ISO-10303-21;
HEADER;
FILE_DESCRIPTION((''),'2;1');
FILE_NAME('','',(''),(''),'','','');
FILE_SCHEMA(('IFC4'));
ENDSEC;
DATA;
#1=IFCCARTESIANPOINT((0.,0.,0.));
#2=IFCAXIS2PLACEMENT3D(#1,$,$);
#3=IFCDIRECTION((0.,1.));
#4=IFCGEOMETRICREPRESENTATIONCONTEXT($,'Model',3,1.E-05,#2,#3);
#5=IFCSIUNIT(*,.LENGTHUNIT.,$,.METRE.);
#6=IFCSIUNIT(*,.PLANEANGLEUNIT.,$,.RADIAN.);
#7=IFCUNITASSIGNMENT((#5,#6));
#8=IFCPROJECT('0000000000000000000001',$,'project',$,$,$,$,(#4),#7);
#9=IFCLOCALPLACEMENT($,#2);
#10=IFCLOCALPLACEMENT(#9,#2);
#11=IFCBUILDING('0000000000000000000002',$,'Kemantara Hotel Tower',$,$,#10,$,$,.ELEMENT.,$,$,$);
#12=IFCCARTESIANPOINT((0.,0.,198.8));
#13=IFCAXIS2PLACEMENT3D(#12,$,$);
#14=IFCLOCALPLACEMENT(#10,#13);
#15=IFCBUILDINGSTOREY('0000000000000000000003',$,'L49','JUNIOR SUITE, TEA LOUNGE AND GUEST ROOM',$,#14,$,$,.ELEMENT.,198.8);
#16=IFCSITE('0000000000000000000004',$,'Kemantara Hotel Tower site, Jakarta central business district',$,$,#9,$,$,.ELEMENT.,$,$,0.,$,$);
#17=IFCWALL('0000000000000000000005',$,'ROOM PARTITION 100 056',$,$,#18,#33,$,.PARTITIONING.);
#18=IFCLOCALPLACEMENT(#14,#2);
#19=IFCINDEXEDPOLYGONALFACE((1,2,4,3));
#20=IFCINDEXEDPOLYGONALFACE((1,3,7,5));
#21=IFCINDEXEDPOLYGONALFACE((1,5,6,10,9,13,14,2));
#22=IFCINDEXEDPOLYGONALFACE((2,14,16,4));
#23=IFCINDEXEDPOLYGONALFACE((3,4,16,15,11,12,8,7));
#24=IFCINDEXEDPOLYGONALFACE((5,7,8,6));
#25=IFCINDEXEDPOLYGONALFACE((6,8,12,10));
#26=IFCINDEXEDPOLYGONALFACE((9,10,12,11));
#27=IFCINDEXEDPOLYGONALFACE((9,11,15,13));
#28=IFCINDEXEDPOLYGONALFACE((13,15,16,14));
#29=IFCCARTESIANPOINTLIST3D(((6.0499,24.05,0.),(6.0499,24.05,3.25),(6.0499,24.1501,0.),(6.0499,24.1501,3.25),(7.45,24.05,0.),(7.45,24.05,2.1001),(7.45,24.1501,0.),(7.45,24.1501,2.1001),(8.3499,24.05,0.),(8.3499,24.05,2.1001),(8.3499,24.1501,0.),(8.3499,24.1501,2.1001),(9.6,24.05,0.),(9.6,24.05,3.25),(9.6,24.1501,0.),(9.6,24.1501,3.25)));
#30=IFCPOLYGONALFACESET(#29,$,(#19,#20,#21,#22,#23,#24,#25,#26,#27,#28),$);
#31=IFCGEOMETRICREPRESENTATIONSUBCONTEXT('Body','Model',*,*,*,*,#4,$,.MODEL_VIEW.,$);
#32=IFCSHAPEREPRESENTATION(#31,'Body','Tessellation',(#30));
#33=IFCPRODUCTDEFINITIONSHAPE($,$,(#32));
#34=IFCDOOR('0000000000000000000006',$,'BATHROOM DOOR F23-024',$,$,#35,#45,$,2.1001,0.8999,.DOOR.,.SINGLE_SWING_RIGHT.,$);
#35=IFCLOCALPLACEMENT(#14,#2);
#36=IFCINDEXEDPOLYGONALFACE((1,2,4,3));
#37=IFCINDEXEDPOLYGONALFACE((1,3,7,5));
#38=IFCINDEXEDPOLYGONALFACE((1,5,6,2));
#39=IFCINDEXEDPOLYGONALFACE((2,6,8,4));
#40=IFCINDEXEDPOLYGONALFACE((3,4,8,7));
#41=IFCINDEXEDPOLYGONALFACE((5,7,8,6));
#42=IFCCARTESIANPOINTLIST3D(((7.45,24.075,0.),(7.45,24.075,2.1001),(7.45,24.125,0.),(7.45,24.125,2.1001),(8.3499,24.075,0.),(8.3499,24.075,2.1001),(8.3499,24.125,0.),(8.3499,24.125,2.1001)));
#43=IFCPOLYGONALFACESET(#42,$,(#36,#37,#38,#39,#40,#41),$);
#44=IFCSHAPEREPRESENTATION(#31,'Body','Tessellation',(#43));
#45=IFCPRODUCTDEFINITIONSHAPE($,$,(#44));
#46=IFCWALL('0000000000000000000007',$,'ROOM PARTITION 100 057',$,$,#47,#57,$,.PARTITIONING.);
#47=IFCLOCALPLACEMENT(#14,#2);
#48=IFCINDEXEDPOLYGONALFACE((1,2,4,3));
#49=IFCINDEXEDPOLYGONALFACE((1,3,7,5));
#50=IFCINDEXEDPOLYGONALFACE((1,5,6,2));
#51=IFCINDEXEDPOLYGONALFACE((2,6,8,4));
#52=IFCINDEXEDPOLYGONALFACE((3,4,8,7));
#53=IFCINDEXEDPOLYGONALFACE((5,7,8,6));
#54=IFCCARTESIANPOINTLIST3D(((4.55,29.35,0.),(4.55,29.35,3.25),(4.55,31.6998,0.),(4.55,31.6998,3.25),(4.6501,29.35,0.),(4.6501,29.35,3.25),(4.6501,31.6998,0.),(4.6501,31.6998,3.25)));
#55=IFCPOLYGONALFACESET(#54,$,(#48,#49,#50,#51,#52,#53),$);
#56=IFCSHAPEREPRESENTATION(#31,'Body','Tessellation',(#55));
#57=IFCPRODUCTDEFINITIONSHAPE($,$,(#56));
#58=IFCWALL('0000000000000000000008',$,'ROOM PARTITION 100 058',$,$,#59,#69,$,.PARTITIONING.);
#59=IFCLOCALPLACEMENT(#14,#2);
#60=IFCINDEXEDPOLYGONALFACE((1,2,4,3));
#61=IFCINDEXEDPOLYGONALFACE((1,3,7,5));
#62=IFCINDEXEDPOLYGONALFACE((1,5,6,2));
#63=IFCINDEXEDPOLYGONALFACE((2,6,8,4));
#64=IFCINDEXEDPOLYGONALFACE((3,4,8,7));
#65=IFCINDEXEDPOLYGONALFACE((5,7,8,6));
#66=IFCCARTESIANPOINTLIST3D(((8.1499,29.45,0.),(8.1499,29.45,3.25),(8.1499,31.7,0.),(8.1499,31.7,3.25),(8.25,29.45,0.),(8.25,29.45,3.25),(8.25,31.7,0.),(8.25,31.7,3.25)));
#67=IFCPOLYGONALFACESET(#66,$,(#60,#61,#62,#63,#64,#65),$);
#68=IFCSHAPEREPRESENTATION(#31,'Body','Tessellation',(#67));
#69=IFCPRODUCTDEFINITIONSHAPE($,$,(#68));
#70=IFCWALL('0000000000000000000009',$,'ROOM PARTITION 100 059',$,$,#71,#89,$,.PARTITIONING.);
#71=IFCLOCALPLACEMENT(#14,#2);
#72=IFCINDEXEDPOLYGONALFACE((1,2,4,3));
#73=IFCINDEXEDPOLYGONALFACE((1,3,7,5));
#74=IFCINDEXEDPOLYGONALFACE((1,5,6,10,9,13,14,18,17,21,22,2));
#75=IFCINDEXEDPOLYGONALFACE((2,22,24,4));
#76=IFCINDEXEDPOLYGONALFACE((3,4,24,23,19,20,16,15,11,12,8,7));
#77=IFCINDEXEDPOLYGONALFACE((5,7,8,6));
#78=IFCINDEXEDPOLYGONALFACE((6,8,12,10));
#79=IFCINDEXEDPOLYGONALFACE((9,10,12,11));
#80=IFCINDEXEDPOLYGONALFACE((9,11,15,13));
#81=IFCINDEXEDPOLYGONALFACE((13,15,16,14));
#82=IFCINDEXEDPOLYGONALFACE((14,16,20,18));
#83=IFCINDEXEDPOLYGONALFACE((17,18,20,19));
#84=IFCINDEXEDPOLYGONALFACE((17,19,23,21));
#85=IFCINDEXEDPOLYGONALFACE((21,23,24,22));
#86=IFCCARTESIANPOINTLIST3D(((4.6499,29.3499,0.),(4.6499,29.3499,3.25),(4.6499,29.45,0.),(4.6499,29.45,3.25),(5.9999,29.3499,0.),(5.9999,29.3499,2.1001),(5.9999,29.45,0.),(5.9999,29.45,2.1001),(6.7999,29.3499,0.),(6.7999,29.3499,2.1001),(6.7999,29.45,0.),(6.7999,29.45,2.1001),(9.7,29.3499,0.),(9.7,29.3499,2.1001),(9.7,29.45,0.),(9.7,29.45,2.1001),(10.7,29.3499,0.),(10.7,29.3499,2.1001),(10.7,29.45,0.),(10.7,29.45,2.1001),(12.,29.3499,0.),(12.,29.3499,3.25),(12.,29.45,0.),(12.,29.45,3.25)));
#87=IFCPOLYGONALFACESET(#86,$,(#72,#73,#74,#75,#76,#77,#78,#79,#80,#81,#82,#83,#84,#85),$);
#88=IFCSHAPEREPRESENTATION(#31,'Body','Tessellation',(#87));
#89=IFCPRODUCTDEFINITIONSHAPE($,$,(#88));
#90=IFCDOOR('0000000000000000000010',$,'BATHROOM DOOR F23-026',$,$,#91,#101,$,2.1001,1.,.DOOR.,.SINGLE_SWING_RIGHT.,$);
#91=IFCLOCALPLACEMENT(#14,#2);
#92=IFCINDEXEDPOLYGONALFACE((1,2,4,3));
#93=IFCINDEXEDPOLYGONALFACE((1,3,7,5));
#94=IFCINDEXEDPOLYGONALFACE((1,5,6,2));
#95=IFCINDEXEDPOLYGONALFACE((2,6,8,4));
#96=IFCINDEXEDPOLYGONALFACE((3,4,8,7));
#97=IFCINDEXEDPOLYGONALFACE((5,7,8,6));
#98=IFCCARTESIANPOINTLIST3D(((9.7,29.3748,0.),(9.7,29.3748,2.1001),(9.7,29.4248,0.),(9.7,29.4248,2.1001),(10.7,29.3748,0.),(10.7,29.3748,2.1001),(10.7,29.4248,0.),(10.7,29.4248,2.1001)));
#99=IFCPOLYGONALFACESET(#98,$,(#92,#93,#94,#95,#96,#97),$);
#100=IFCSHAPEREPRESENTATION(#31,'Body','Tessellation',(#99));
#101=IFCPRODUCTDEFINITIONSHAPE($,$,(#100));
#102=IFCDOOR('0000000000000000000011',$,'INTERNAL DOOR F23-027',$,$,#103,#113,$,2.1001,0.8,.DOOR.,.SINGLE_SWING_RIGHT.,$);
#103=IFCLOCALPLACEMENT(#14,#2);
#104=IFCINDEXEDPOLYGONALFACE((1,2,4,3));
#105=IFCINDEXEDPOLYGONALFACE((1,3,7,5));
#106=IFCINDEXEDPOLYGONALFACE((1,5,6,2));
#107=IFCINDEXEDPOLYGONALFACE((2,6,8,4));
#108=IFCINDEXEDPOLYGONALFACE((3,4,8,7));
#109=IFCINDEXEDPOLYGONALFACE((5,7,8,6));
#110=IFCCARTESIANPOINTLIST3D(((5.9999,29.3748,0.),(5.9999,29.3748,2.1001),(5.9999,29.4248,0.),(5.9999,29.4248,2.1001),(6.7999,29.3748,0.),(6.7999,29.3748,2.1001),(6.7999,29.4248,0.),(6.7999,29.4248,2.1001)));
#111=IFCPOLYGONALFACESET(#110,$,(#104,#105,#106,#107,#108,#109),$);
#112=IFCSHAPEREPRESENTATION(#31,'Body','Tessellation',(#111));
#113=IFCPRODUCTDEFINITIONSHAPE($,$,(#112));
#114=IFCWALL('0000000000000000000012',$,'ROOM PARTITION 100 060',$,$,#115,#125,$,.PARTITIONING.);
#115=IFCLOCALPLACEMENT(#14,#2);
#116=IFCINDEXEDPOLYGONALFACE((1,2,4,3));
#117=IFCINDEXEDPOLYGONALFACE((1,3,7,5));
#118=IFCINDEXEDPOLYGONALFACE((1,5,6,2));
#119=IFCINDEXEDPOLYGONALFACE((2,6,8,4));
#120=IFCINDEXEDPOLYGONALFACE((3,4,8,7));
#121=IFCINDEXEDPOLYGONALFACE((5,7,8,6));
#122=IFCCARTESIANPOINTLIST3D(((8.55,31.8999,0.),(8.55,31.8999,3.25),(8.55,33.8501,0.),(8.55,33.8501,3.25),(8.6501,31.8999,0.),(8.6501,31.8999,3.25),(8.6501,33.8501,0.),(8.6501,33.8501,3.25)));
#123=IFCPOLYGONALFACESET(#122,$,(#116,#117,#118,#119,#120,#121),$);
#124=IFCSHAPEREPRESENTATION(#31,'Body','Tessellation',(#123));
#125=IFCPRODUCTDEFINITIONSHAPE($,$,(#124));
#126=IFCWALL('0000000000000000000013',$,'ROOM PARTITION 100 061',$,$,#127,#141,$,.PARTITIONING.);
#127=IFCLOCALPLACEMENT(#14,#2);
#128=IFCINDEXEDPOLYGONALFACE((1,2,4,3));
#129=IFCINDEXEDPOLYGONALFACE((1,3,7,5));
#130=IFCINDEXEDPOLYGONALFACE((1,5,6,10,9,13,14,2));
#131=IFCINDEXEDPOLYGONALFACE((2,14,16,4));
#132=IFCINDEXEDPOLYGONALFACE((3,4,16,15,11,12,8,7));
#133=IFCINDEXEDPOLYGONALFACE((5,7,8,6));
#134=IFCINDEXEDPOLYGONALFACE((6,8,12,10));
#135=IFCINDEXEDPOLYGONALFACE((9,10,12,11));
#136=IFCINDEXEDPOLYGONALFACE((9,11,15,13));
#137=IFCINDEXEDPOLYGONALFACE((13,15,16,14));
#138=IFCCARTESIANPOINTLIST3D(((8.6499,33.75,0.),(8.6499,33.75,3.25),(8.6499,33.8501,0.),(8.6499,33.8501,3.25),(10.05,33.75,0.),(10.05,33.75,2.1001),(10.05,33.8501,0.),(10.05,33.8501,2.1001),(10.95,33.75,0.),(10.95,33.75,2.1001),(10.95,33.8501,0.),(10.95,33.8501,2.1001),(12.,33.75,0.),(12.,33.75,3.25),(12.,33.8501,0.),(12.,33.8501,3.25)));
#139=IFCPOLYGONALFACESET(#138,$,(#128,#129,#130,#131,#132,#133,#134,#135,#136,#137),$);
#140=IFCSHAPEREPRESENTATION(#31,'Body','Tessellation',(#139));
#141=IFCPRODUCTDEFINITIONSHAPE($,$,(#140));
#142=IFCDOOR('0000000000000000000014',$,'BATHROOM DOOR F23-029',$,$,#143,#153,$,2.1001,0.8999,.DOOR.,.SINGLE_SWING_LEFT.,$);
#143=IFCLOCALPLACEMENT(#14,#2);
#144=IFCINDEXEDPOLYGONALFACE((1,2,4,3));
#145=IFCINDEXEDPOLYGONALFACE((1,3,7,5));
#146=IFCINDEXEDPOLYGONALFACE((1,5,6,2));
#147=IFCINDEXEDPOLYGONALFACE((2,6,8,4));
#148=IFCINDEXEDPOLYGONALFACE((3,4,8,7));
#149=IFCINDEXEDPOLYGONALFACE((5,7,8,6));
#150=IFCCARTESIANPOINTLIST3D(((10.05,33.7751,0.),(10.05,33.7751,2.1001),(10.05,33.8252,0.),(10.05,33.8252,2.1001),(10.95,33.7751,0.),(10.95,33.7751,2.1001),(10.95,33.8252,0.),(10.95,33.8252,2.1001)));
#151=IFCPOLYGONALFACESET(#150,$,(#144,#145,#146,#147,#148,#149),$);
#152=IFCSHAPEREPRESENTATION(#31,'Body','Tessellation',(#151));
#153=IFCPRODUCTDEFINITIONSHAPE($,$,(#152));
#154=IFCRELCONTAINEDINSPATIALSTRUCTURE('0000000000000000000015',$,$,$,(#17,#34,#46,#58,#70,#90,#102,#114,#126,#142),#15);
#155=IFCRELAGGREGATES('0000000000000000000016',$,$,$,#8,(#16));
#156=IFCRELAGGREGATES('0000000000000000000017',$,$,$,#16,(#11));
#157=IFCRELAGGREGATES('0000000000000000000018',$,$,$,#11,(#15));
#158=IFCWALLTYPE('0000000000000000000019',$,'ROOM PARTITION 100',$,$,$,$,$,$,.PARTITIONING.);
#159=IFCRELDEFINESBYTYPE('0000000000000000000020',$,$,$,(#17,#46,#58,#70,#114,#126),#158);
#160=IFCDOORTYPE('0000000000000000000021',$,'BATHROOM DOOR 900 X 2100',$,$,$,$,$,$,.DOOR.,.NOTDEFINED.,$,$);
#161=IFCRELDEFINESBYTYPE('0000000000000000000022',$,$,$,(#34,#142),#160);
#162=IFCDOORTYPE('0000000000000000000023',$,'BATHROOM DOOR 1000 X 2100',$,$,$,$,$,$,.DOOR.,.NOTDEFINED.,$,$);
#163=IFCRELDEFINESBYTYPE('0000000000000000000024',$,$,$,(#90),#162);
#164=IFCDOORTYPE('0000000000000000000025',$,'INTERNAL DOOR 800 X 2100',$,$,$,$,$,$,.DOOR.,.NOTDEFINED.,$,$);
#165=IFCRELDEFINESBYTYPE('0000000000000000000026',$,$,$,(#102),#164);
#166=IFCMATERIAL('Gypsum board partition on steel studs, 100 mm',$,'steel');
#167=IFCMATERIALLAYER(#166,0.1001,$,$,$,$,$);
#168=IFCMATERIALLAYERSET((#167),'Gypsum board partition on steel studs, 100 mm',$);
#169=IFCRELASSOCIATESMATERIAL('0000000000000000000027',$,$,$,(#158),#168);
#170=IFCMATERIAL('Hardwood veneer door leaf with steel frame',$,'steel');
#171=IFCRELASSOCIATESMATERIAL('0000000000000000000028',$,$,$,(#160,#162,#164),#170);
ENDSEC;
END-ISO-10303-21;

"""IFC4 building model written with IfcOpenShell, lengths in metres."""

from ifc_helpers import new_model, si_unit, direction, frame, frame_2d, origin, place, context, subcontext, project, spatial, rectangle, extrude, material, layer, layer_set, type_object, element, fill, save


model = new_model("IFC4")

# Units and contexts
model_context = context("Model", 3, precision=1e-05, world=origin(), true_north=direction((0.0, 1.0)))
body_context = subcontext(model_context, "Body", "Model", "MODEL_VIEW")
ifc_project = project(units=[si_unit("LENGTHUNIT", "METRE"), si_unit("PLANEANGLEUNIT", "RADIAN")], contexts=[model_context])

# Site, building, storey
site_placement = place(None, origin())
site = spatial("IfcSite", under=ifc_project, at=site_placement, Name="Kemantara Hotel Tower site, Jakarta central business district", CompositionType="ELEMENT", RefElevation=0.0)
building_placement = place(site_placement, origin())
building = spatial("IfcBuilding", under=site, at=building_placement, Name="Kemantara Hotel Tower", CompositionType="ELEMENT")
storey_placement = place(building_placement, frame((0.0, 0.0, 198.8)))
storey = spatial("IfcBuildingStorey", under=building, at=storey_placement, Name="L49", Description="JUNIOR SUITE, TEA LOUNGE AND GUEST ROOM", CompositionType="ELEMENT", Elevation=198.8)

# Shared definitions
ifc_material_1 = material(Name="Hardwood veneer door leaf with steel frame", Category="steel")

# Shared definitions
ifc_material_2 = material(Name="Gypsum board partition on steel studs, 100 mm", Category="steel")
ifc_layer_1 = layer(ifc_material_2, 0.1001)
ifc_layer_set_1 = layer_set([ifc_layer_1], Name="Gypsum board partition on steel studs, 100 mm")
wall_type_1 = type_object("IfcWallType", Name="ROOM PARTITION 100", PredefinedType="PARTITIONING", material=ifc_layer_set_1)

# Wall, opening, door
wall_1_placement = place(storey_placement, frame((6.05, 24.1001, 0.0), z_axis=(0.0, 0.0, 1.0), x_axis=(1.0, 0.0, 0.0)))
wall_1 = element("IfcWall", 1, at=wall_1_placement, inside=storey, type_object=wall_type_1, Name="ROOM PARTITION 100 056", PredefinedType="PARTITIONING", context=body_context, shape_type="SweptSolid", body=[
    extrude(rectangle(XDim=3.55, YDim=0.1001, at=frame_2d((1.7749, 0.0))), origin(), (0.0, 0.0, 1.0), 3.25),
])
opening_1_placement = place(wall_1_placement, frame((1.3999, 0.0, 0.0)))
opening_1 = element("IfcOpeningElement", 2, at=opening_1_placement, cuts=wall_1, PredefinedType="OPENING", context=body_context, shape_type="SweptSolid", body=[
    extrude(rectangle(XDim=0.8999, YDim=2.1001, at=frame_2d((0.45, 1.05))), frame((0.0, 0.0601, 0.0), z_axis=(0.0, -1.0, 0.0), x_axis=(1.0, 0.0, 0.0)), (0.0, 0.0, 1.0), 0.1201),
])
door_type_1 = type_object("IfcDoorType", Name="BATHROOM DOOR 900 X 2100", OperationType="NOTDEFINED", PredefinedType="DOOR", material=ifc_material_1)
door_1_placement = place(opening_1_placement, origin())
door_1 = element("IfcDoor", 3, at=door_1_placement, inside=storey, type_object=door_type_1, Name="BATHROOM DOOR F23-024", OperationType="SINGLE_SWING_RIGHT", OverallHeight=2.1001, OverallWidth=0.8999, PredefinedType="DOOR", context=body_context, shape_type="SweptSolid", body=[
    extrude(rectangle(XDim=0.8999, YDim=2.1001, at=frame_2d((0.45, 1.05))), frame((0.0, 0.0249, 0.0), z_axis=(0.0, -1.0, 0.0), x_axis=(1.0, 0.0, 0.0)), (0.0, 0.0, 1.0), 0.05),
])
fill(opening_1, door_1)

# Walls
wall_2_placement = place(storey_placement, frame((4.6001, 29.3501, 0.0), z_axis=(0.0, 0.0, 1.0), x_axis=(0.0, 1.0, 0.0)))
element("IfcWall", 4, at=wall_2_placement, inside=storey, type_object=wall_type_1, Name="ROOM PARTITION 100 057", PredefinedType="PARTITIONING", context=body_context, shape_type="SweptSolid", body=[
    extrude(rectangle(XDim=2.3499, YDim=0.1001, at=frame_2d((1.1748, 0.0))), origin(), (0.0, 0.0, 1.0), 3.25),
])
wall_3_placement = place(storey_placement, frame((8.2, 29.45, 0.0), z_axis=(0.0, 0.0, 1.0), x_axis=(0.0, 1.0, 0.0)))
element("IfcWall", 5, at=wall_3_placement, inside=storey, type_object=wall_type_1, Name="ROOM PARTITION 100 058", PredefinedType="PARTITIONING", context=body_context, shape_type="SweptSolid", body=[
    extrude(rectangle(XDim=2.25, YDim=0.1001, at=frame_2d((1.125, 0.0))), origin(), (0.0, 0.0, 1.0), 3.25),
])

# Wall, openings, doors
wall_4_placement = place(storey_placement, frame((4.6499, 29.3999, 0.0), z_axis=(0.0, 0.0, 1.0), x_axis=(1.0, 0.0, 0.0)))
wall_4 = element("IfcWall", 6, at=wall_4_placement, inside=storey, type_object=wall_type_1, Name="ROOM PARTITION 100 059", PredefinedType="PARTITIONING", context=body_context, shape_type="SweptSolid", body=[
    extrude(rectangle(XDim=7.3501, YDim=0.1001, at=frame_2d((3.675, 0.0))), origin(), (0.0, 0.0, 1.0), 3.25),
])
opening_2_placement = place(wall_4_placement, frame((5.05, 0.0, 0.0)))
opening_2 = element("IfcOpeningElement", 7, at=opening_2_placement, cuts=wall_4, PredefinedType="OPENING", context=body_context, shape_type="SweptSolid", body=[
    extrude(rectangle(XDim=1.0, YDim=2.1001, at=frame_2d((0.5, 1.05))), frame((0.0, 0.0601, 0.0), z_axis=(0.0, -1.0, 0.0), x_axis=(1.0, 0.0, 0.0)), (0.0, 0.0, 1.0), 0.1201),
])
opening_3_placement = place(wall_4_placement, frame((1.3501, 0.0, 0.0)))
opening_3 = element("IfcOpeningElement", 8, at=opening_3_placement, cuts=wall_4, PredefinedType="OPENING", context=body_context, shape_type="SweptSolid", body=[
    extrude(rectangle(XDim=0.8, YDim=2.1001, at=frame_2d((0.3999, 1.05))), frame((0.0, 0.0601, 0.0), z_axis=(0.0, -1.0, 0.0), x_axis=(1.0, 0.0, 0.0)), (0.0, 0.0, 1.0), 0.1201),
])
door_type_2 = type_object("IfcDoorType", Name="BATHROOM DOOR 1000 X 2100", OperationType="NOTDEFINED", PredefinedType="DOOR", material=ifc_material_1)
door_2_placement = place(opening_2_placement, origin())
door_2 = element("IfcDoor", 9, at=door_2_placement, inside=storey, type_object=door_type_2, Name="BATHROOM DOOR F23-026", OperationType="SINGLE_SWING_RIGHT", OverallHeight=2.1001, OverallWidth=1.0, PredefinedType="DOOR", context=body_context, shape_type="SweptSolid", body=[
    extrude(rectangle(XDim=1.0, YDim=2.1001, at=frame_2d((0.5, 1.05))), frame((0.0, 0.0249, 0.0), z_axis=(0.0, -1.0, 0.0), x_axis=(1.0, 0.0, 0.0)), (0.0, 0.0, 1.0), 0.05),
])
fill(opening_2, door_2)
door_type_3 = type_object("IfcDoorType", Name="INTERNAL DOOR 800 X 2100", OperationType="NOTDEFINED", PredefinedType="DOOR", material=ifc_material_1)
door_3_placement = place(opening_3_placement, origin())
door_3 = element("IfcDoor", 10, at=door_3_placement, inside=storey, type_object=door_type_3, Name="INTERNAL DOOR F23-027", OperationType="SINGLE_SWING_RIGHT", OverallHeight=2.1001, OverallWidth=0.8, PredefinedType="DOOR", context=body_context, shape_type="SweptSolid", body=[
    extrude(rectangle(XDim=0.8, YDim=2.1001, at=frame_2d((0.3999, 1.05))), frame((0.0, 0.0249, 0.0), z_axis=(0.0, -1.0, 0.0), x_axis=(1.0, 0.0, 0.0)), (0.0, 0.0, 1.0), 0.05),
])
fill(opening_3, door_3)

# Wall
wall_5_placement = place(storey_placement, frame((8.6001, 31.8999, 0.0), z_axis=(0.0, 0.0, 1.0), x_axis=(0.0, 1.0, 0.0)))
element("IfcWall", 11, at=wall_5_placement, inside=storey, type_object=wall_type_1, Name="ROOM PARTITION 100 060", PredefinedType="PARTITIONING", context=body_context, shape_type="SweptSolid", body=[
    extrude(rectangle(XDim=1.9502, YDim=0.1001, at=frame_2d((0.9751, 0.0))), origin(), (0.0, 0.0, 1.0), 3.25),
])

# Wall, opening, door
wall_6_placement = place(storey_placement, frame((12.0, 33.8, 0.0), z_axis=(0.0, 0.0, 1.0), x_axis=(-1.0, 0.0, 0.0)))
wall_6 = element("IfcWall", 12, at=wall_6_placement, inside=storey, type_object=wall_type_1, Name="ROOM PARTITION 100 061", PredefinedType="PARTITIONING", context=body_context, shape_type="SweptSolid", body=[
    extrude(rectangle(XDim=3.3501, YDim=0.1001, at=frame_2d((1.675, 0.0))), origin(), (0.0, 0.0, 1.0), 3.25),
])
opening_4_placement = place(wall_6_placement, frame((1.05, 0.0, 0.0)))
opening_4 = element("IfcOpeningElement", 13, at=opening_4_placement, cuts=wall_6, PredefinedType="OPENING", context=body_context, shape_type="SweptSolid", body=[
    extrude(rectangle(XDim=0.8999, YDim=2.1001, at=frame_2d((0.45, 1.05))), frame((0.0, 0.0601, 0.0), z_axis=(0.0, -1.0, 0.0), x_axis=(1.0, 0.0, 0.0)), (0.0, 0.0, 1.0), 0.1201),
])
door_4_placement = place(opening_4_placement, origin())
door_4 = element("IfcDoor", 14, at=door_4_placement, inside=storey, type_object=door_type_1, Name="BATHROOM DOOR F23-029", OperationType="SINGLE_SWING_LEFT", OverallHeight=2.1001, OverallWidth=0.8999, PredefinedType="DOOR", context=body_context, shape_type="SweptSolid", body=[
    extrude(rectangle(XDim=0.8999, YDim=2.1001, at=frame_2d((0.45, 1.05))), frame((0.0, 0.0249, 0.0), z_axis=(0.0, -1.0, 0.0), x_axis=(1.0, 0.0, 0.0)), (0.0, 0.0, 1.0), 0.05),
])
fill(opening_4, door_4)

save(model, "model.ifc")
